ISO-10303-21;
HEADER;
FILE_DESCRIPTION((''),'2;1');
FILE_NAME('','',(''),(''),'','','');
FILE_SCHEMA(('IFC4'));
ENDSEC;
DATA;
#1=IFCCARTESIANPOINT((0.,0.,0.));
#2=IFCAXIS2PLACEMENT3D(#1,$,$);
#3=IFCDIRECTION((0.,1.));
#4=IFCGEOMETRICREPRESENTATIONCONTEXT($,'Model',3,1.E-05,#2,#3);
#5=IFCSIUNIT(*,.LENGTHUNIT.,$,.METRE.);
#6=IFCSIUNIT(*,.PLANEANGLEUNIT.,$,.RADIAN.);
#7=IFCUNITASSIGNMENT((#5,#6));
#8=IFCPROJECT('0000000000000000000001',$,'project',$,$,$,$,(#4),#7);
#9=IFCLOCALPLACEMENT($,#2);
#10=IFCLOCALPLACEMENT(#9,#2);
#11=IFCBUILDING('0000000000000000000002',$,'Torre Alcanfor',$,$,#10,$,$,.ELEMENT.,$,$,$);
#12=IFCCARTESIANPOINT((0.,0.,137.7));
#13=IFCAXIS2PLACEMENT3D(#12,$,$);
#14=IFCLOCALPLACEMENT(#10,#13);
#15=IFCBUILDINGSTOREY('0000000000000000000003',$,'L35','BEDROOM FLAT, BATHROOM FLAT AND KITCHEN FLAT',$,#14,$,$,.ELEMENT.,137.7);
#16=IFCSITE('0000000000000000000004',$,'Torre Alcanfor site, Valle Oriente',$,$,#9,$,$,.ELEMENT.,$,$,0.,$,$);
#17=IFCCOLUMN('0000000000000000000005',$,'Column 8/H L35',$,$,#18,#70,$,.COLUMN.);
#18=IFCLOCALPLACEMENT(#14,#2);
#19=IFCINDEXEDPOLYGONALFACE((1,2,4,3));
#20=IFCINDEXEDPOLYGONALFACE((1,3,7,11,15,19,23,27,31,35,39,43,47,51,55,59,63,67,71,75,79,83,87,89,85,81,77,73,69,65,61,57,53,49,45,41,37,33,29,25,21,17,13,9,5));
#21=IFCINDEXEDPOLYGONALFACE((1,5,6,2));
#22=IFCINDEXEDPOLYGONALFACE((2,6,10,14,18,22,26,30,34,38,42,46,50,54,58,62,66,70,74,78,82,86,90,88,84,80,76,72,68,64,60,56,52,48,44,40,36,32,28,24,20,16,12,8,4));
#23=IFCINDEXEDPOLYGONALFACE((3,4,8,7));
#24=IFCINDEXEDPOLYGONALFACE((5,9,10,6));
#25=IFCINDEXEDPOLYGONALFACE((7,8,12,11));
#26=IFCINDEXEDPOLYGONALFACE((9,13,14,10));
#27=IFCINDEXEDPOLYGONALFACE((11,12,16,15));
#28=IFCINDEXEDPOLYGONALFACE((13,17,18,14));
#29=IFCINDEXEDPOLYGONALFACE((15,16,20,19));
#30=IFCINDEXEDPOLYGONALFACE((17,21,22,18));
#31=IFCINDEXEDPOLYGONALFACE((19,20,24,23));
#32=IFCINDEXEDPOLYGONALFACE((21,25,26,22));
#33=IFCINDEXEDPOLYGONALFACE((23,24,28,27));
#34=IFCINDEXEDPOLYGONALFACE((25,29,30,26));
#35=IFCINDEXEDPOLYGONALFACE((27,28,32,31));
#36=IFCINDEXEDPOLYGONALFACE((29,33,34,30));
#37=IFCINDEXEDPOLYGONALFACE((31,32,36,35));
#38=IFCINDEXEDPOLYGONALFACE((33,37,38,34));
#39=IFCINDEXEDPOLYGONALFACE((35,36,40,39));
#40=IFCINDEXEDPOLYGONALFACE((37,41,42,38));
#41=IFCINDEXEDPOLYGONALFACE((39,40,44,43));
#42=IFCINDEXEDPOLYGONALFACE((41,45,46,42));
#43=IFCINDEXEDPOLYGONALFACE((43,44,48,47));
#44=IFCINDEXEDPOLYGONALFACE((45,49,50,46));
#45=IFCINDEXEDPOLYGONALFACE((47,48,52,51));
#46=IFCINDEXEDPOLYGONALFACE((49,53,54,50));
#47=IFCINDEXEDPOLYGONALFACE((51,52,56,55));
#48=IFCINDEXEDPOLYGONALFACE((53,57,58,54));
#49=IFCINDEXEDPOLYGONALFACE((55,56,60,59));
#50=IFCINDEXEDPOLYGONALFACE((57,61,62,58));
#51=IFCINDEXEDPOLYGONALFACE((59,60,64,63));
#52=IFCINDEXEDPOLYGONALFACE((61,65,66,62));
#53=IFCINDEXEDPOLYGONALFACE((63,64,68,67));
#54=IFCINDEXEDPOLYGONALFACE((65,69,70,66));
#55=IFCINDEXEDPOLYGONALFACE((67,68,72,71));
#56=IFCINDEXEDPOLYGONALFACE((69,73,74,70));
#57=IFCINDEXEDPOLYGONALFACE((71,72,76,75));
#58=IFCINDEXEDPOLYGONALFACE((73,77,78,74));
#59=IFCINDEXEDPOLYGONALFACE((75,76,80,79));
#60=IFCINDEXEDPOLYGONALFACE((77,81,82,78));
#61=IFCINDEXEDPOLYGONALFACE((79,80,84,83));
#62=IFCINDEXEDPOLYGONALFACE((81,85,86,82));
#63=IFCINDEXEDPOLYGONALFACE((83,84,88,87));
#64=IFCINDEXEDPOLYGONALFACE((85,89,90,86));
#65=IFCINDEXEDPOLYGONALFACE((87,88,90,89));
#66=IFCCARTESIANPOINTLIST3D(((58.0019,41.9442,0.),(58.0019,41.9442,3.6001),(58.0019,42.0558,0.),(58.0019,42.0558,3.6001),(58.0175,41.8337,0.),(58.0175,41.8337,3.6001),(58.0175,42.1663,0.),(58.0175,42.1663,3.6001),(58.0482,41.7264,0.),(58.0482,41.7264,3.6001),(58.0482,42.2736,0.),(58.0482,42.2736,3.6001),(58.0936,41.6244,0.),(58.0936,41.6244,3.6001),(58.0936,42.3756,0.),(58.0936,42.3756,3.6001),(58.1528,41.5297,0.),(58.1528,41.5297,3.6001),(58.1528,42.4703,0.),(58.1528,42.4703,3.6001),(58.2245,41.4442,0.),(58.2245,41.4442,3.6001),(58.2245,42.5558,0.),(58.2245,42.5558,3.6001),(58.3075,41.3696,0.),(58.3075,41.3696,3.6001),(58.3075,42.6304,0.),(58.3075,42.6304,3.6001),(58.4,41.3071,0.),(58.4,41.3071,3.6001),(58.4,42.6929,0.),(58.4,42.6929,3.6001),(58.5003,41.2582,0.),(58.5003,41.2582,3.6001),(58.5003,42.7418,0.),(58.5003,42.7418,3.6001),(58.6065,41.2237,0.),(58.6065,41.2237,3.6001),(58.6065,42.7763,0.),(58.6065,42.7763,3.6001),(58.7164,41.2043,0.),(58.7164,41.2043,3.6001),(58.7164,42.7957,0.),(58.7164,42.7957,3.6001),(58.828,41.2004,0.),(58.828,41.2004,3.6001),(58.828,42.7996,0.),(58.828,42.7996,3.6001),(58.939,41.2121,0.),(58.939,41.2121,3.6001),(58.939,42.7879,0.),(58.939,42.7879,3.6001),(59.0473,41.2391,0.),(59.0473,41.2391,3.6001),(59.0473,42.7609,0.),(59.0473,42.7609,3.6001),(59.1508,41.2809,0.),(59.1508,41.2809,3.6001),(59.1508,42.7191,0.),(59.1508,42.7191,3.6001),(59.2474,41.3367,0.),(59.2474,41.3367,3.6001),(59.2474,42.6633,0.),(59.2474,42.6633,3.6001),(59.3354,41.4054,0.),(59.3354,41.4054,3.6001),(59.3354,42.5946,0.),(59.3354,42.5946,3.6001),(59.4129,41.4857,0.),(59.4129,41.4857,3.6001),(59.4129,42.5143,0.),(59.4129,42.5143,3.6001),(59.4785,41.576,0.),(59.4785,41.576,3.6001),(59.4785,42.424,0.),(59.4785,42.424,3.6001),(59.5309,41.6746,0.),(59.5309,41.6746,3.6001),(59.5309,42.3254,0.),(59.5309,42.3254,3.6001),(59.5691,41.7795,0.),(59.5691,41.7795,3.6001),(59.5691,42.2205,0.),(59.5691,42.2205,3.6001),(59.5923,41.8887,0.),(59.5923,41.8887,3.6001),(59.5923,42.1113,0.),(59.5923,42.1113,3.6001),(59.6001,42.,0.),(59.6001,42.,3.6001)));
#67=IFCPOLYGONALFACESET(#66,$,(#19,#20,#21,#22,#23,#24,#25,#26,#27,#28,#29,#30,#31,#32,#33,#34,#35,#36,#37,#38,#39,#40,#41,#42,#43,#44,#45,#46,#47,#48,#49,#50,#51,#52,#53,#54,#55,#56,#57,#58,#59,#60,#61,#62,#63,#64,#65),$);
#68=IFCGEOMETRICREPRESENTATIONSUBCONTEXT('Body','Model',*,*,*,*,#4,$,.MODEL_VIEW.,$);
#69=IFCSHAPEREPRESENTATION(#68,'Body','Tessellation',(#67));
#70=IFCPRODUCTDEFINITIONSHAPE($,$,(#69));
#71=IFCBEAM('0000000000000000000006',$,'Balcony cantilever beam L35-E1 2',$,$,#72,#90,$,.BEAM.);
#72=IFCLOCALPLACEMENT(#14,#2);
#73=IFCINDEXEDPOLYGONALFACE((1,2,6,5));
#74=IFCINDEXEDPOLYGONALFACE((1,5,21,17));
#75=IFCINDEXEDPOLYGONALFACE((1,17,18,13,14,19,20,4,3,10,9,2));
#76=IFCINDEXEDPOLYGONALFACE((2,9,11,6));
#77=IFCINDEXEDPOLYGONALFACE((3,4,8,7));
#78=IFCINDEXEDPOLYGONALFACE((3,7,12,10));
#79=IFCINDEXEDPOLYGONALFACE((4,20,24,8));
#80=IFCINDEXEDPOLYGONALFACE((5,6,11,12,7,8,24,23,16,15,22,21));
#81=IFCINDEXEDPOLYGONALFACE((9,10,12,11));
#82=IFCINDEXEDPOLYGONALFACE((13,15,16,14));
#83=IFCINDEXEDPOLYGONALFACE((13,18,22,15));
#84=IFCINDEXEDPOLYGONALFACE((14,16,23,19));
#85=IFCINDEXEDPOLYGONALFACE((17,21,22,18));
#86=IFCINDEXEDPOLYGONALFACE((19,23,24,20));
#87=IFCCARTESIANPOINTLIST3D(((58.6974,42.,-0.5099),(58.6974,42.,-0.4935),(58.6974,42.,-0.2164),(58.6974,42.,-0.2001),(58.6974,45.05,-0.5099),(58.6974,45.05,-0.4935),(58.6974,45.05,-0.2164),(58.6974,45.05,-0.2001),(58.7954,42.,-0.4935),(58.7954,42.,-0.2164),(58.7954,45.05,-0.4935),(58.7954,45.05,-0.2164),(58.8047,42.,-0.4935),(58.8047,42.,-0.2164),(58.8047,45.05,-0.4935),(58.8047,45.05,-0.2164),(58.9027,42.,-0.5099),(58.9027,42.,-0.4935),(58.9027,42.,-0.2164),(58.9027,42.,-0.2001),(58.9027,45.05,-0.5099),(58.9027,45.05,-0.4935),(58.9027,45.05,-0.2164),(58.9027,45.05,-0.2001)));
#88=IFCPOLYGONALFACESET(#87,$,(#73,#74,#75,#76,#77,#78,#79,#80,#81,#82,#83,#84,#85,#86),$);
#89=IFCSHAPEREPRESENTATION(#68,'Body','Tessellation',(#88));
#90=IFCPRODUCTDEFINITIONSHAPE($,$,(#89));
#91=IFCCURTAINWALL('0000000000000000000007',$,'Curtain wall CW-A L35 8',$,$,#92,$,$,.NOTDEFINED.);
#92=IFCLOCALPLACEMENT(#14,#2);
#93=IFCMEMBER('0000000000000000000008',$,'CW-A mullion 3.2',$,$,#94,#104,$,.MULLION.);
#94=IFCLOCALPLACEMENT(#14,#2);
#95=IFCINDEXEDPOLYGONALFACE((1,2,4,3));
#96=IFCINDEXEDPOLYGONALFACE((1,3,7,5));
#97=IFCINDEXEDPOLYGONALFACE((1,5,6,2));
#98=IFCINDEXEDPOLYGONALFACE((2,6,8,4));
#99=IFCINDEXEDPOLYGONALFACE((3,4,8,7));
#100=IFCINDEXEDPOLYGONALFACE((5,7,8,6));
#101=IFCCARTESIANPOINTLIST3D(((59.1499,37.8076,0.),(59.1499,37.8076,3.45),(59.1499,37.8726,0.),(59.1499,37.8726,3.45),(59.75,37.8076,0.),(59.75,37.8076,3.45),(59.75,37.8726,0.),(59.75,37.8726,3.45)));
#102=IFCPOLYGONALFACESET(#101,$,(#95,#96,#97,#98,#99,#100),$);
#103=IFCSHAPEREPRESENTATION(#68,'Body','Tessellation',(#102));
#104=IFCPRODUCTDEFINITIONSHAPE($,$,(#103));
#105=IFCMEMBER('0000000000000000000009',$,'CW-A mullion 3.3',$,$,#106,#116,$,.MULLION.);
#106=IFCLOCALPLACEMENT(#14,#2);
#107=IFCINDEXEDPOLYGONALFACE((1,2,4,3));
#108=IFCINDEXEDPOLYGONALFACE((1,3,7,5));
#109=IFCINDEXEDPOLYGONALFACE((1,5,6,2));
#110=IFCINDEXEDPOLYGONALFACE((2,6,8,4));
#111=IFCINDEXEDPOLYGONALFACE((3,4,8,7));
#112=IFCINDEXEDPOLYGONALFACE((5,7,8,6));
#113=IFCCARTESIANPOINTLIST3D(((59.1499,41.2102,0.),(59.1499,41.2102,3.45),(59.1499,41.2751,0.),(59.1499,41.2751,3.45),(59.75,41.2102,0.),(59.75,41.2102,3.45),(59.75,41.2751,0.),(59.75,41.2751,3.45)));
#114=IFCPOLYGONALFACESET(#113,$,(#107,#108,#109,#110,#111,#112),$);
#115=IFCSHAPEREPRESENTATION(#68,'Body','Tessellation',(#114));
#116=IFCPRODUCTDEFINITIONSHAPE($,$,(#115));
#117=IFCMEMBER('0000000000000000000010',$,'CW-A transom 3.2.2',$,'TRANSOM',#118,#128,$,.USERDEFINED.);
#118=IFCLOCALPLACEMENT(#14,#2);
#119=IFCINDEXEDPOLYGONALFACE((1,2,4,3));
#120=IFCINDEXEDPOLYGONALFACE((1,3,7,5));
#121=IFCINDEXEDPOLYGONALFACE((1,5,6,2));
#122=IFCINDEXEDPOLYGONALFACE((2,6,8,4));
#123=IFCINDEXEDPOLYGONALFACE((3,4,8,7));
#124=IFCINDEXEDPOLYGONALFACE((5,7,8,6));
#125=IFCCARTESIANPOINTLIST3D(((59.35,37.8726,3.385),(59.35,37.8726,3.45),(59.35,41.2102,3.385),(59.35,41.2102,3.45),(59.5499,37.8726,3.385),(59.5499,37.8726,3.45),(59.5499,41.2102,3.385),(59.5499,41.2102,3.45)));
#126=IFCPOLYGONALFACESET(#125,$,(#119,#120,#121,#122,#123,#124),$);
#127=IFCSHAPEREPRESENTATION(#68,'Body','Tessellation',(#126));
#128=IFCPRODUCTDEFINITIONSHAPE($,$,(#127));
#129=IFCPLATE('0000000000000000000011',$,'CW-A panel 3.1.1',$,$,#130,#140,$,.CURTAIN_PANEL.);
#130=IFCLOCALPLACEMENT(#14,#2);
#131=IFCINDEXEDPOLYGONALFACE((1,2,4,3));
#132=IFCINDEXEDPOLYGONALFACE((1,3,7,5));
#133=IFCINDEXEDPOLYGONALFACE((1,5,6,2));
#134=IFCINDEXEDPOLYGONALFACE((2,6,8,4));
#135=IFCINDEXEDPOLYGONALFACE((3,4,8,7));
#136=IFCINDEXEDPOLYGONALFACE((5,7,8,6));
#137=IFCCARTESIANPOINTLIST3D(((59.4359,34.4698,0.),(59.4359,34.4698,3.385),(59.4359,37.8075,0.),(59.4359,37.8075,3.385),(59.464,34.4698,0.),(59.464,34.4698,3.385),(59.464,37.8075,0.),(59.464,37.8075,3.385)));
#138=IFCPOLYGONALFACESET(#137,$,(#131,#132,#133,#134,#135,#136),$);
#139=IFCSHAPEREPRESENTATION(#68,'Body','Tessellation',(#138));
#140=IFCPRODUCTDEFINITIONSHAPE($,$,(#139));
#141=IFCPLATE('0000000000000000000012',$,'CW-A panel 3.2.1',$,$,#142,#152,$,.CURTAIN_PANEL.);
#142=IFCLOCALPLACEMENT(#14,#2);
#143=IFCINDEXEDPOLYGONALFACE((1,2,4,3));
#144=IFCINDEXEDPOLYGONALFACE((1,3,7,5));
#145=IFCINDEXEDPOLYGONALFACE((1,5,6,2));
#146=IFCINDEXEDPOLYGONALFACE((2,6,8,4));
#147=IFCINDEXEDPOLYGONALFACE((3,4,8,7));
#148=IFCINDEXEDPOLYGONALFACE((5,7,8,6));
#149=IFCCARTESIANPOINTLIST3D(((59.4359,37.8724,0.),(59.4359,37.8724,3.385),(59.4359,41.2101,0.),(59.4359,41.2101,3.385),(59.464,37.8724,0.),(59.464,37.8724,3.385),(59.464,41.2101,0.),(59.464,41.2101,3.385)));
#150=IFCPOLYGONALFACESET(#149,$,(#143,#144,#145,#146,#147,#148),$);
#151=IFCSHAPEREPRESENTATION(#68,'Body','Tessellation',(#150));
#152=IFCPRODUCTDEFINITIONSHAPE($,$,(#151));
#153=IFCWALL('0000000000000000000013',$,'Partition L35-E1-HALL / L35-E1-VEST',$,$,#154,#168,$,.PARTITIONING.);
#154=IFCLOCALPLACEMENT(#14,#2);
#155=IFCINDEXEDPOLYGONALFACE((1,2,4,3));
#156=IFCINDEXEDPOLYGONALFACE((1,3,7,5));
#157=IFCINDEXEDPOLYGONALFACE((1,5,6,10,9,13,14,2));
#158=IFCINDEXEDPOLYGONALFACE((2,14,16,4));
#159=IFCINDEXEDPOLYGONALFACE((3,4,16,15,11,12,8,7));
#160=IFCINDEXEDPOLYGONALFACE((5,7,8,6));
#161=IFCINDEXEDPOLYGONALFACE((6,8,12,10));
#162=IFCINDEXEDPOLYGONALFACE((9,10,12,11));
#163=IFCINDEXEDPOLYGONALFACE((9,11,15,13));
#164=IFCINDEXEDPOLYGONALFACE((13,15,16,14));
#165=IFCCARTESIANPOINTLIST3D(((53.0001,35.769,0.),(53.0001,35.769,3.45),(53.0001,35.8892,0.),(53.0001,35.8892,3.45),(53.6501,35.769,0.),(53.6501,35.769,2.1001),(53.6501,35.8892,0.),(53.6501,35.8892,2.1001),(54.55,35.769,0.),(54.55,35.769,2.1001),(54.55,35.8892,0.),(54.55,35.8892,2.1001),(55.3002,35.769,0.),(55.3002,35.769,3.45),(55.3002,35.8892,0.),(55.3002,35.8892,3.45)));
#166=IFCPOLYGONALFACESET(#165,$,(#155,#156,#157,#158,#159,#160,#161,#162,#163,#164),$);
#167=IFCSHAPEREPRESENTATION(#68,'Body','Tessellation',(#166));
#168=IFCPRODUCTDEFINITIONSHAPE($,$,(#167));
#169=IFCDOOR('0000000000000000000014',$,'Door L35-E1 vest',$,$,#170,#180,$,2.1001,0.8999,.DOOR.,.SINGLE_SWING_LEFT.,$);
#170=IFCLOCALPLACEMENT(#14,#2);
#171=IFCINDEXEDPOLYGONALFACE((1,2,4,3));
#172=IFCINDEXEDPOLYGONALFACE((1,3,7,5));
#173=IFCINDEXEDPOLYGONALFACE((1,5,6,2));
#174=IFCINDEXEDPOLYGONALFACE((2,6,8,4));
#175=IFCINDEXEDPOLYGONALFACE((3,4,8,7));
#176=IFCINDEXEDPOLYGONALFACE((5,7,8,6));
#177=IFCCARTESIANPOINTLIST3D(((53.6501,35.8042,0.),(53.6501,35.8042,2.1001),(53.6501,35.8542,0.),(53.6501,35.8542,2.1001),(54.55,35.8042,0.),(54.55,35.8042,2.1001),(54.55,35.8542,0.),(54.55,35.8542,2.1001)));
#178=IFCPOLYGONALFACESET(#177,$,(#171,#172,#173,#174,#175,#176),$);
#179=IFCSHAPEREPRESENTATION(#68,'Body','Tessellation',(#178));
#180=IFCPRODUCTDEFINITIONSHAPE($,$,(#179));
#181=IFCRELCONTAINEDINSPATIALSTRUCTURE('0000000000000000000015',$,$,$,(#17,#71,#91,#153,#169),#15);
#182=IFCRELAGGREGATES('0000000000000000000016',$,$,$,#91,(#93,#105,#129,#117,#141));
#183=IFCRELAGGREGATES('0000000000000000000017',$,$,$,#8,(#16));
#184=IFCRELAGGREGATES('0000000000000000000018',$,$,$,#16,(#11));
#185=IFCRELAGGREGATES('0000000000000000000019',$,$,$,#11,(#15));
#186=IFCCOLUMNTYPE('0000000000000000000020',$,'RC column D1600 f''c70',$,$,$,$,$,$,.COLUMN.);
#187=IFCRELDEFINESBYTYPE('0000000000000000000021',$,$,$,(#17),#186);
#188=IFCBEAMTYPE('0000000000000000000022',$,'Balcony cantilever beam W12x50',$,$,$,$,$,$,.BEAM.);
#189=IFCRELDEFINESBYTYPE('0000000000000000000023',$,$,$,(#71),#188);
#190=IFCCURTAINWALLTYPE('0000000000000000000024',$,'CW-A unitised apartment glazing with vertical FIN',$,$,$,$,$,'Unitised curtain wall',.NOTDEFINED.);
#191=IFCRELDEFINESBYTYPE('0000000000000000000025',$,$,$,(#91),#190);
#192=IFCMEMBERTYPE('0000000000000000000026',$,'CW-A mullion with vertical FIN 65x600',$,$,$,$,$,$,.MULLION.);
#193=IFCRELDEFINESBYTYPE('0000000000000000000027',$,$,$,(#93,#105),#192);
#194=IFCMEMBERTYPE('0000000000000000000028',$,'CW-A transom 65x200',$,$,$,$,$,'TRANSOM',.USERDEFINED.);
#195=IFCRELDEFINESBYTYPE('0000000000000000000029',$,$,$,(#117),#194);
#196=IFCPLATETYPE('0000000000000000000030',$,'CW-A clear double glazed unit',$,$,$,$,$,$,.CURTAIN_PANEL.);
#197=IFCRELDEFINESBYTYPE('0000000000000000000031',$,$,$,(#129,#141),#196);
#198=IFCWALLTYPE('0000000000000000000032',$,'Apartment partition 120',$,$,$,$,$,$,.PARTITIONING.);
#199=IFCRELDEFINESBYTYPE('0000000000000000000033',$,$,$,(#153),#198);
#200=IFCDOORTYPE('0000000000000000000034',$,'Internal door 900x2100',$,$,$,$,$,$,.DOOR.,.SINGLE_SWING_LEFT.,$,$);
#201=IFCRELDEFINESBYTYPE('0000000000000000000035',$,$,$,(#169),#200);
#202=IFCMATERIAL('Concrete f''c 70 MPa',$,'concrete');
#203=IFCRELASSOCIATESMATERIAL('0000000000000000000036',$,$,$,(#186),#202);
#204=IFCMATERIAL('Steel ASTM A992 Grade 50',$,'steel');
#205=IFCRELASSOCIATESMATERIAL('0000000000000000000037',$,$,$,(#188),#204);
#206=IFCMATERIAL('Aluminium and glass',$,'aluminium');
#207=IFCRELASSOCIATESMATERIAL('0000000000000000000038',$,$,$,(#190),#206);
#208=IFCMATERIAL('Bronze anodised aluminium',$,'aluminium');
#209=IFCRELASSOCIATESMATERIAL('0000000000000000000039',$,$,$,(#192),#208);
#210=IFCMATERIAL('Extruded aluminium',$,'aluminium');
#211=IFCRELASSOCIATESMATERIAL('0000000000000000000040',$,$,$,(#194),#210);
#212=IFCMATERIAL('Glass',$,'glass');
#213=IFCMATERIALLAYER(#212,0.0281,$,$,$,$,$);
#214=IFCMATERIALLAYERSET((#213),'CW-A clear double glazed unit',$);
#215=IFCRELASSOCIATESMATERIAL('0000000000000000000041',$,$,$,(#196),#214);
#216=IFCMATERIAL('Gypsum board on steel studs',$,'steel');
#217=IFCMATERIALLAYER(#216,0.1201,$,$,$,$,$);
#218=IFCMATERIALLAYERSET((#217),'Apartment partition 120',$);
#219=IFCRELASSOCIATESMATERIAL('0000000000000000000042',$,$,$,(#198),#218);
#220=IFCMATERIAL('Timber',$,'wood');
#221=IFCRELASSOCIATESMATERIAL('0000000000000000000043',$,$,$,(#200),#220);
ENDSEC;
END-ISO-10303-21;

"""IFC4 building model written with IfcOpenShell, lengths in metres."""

from ifc_helpers import new_model, si_unit, direction, frame, frame_2d, origin, origin_2d, place, context, subcontext, project, spatial, rectangle, circle, i_section, extrude, material, layer, layer_set, material_profile, profile_set, type_object, element, fill, aggregate, save


model = new_model("IFC4")

# Units and contexts
model_context = context("Model", 3, precision=1e-05, world=origin(), true_north=direction((0.0, 1.0)))
body_context = subcontext(model_context, "Body", "Model", "MODEL_VIEW")
ifc_project = project(units=[si_unit("LENGTHUNIT", "METRE"), si_unit("PLANEANGLEUNIT", "RADIAN")], contexts=[model_context])

# Site, building, storey
site_placement = place(None, origin())
site = spatial("IfcSite", under=ifc_project, at=site_placement, Name="Torre Alcanfor site, Valle Oriente", CompositionType="ELEMENT", RefElevation=0.0)
building_placement = place(site_placement, origin())
building = spatial("IfcBuilding", under=site, at=building_placement, Name="Torre Alcanfor", CompositionType="ELEMENT")
storey_placement = place(building_placement, frame((0.0, 0.0, 137.7)))
storey = spatial("IfcBuildingStorey", under=building, at=storey_placement, Name="L35", Description="BEDROOM FLAT, BATHROOM FLAT AND KITCHEN FLAT", CompositionType="ELEMENT", Elevation=137.7)

# Column
ifc_material_1 = material(Name="Concrete f'c 70 MPa", Category="concrete")
ifc_material_profile_1 = material_profile(ifc_material_1, circle(Radius=0.8, at=origin_2d()), Name="D1600")
ifc_profile_set_1 = profile_set([ifc_material_profile_1], Name="Concrete f'c 70 MPa")
column_type = type_object("IfcColumnType", Name="RC column D1600 f'c70", PredefinedType="COLUMN", material=ifc_profile_set_1)
column_placement = place(storey_placement, frame((58.8, 42.0, 0.0), z_axis=(0.0, 0.0, 1.0), x_axis=(1.0, 0.0, 0.0)))
element("IfcColumn", 1, at=column_placement, inside=storey, type_object=column_type, Name="Column 8/H L35", PredefinedType="COLUMN", context=body_context, shape_type="SweptSolid", body=[
    extrude(circle(Radius=0.8, at=origin_2d()), origin(), (0.0, 0.0, 1.0), 3.6001),
])

# Beam
ifc_material_2 = material(Name="Steel ASTM A992 Grade 50", Category="steel")
ifc_material_profile_2 = material_profile(ifc_material_2, i_section(OverallWidth=0.2053, OverallDepth=0.3098, WebThickness=0.0093, FlangeThickness=0.0164, at=origin_2d()), Name="W12x50")
ifc_profile_set_2 = profile_set([ifc_material_profile_2], Name="Steel ASTM A992 Grade 50")
beam_type = type_object("IfcBeamType", Name="Balcony cantilever beam W12x50", PredefinedType="BEAM", material=ifc_profile_set_2)
beam_placement = place(storey_placement, frame((58.8, 42.0, -0.355), z_axis=(0.0, 1.0, 0.0), x_axis=(-1.0, 0.0, 0.0)))
element("IfcBeam", 2, at=beam_placement, inside=storey, type_object=beam_type, Name="Balcony cantilever beam L35-E1 2", PredefinedType="BEAM", context=body_context, shape_type="SweptSolid", body=[
    extrude(i_section(OverallWidth=0.2053, OverallDepth=0.3098, WebThickness=0.0093, FlangeThickness=0.0164, at=origin_2d()), origin(), (0.0, 0.0, 1.0), 3.05),
])

# Curtain wall, members, plates
ifc_material_3 = material(Name="Aluminium and glass", Category="aluminium")
curtain_wall_type = type_object("IfcCurtainWallType", Name="CW-A unitised apartment glazing with vertical FIN", ElementType="Unitised curtain wall", PredefinedType="NOTDEFINED", material=ifc_material_3)
curtain_wall_placement = place(storey_placement, origin())
curtain_wall = element("IfcCurtainWall", 3, at=curtain_wall_placement, inside=storey, type_object=curtain_wall_type, Name="Curtain wall CW-A L35 8", PredefinedType="NOTDEFINED")
ifc_material_4 = material(Name="Bronze anodised aluminium", Category="aluminium")
ifc_material_profile_3 = material_profile(ifc_material_4, rectangle(XDim=0.6001, YDim=0.0649, at=origin_2d()), Name="CW-A mullion 65x600")
ifc_profile_set_3 = profile_set([ifc_material_profile_3], Name="Bronze anodised aluminium")
member_type_1 = type_object("IfcMemberType", Name="CW-A mullion with vertical FIN 65x600", PredefinedType="MULLION", material=ifc_profile_set_3)
member_1_placement = place(storey_placement, frame((59.45, 37.8401, 0.0), z_axis=(0.0, 0.0, 1.0), x_axis=(-1.0, 0.0, 0.0)))
member_1 = element("IfcMember", 4, at=member_1_placement, type_object=member_type_1, Name="CW-A mullion 3.2", PredefinedType="MULLION", context=body_context, shape_type="SweptSolid", body=[
    extrude(rectangle(XDim=0.6001, YDim=0.0649, at=origin_2d()), origin(), (0.0, 0.0, 1.0), 3.45),
])
member_2_placement = place(storey_placement, frame((59.45, 41.2427, 0.0), z_axis=(0.0, 0.0, 1.0), x_axis=(-1.0, 0.0, 0.0)))
member_2 = element("IfcMember", 5, at=member_2_placement, type_object=member_type_1, Name="CW-A mullion 3.3", PredefinedType="MULLION", context=body_context, shape_type="SweptSolid", body=[
    extrude(rectangle(XDim=0.6001, YDim=0.0649, at=origin_2d()), origin(), (0.0, 0.0, 1.0), 3.45),
])
ifc_material_5 = material(Name="Extruded aluminium", Category="aluminium")
ifc_material_profile_4 = material_profile(ifc_material_5, rectangle(XDim=0.2, YDim=0.0649, at=origin_2d()), Name="CW-A transom 200x65")
ifc_profile_set_4 = profile_set([ifc_material_profile_4], Name="Extruded aluminium")
member_type_2 = type_object("IfcMemberType", Name="CW-A transom 65x200", ElementType="TRANSOM", PredefinedType="USERDEFINED", material=ifc_profile_set_4)
member_3_placement = place(storey_placement, frame((59.45, 37.8726, 3.4175), z_axis=(0.0, 1.0, 0.0), x_axis=(-1.0, 0.0, 0.0)))
member_3 = element("IfcMember", 6, at=member_3_placement, type_object=member_type_2, Name="CW-A transom 3.2.2", ObjectType="TRANSOM", PredefinedType="USERDEFINED", context=body_context, shape_type="SweptSolid", body=[
    extrude(rectangle(XDim=0.2, YDim=0.0649, at=origin_2d()), origin(), (0.0, 0.0, 1.0), 3.3376),
])
ifc_material_6 = material(Name="Glass", Category="glass")
ifc_layer_1 = layer(ifc_material_6, 0.0281)
ifc_layer_set_1 = layer_set([ifc_layer_1], Name="CW-A clear double glazed unit")
plate_type = type_object("IfcPlateType", Name="CW-A clear double glazed unit", PredefinedType="CURTAIN_PANEL", material=ifc_layer_set_1)
plate_1_placement = place(storey_placement, frame((59.45, 36.1387, 0.0), z_axis=(0.0, 0.0, 1.0), x_axis=(0.0, 1.0, 0.0)))
plate_1 = element("IfcPlate", 7, at=plate_1_placement, type_object=plate_type, Name="CW-A panel 3.1.1", PredefinedType="CURTAIN_PANEL", context=body_context, shape_type="SweptSolid", body=[
    extrude(rectangle(XDim=3.3376, YDim=0.0281, at=origin_2d()), origin(), (0.0, 0.0, 1.0), 3.385),
])
plate_2_placement = place(storey_placement, frame((59.45, 39.5413, 0.0), z_axis=(0.0, 0.0, 1.0), x_axis=(0.0, 1.0, 0.0)))
plate_2 = element("IfcPlate", 8, at=plate_2_placement, type_object=plate_type, Name="CW-A panel 3.2.1", PredefinedType="CURTAIN_PANEL", context=body_context, shape_type="SweptSolid", body=[
    extrude(rectangle(XDim=3.3376, YDim=0.0281, at=origin_2d()), origin(), (0.0, 0.0, 1.0), 3.385),
])
aggregate(curtain_wall, [member_1, member_2, plate_1, member_3, plate_2])

# Wall, opening, door
ifc_material_7 = material(Name="Gypsum board on steel studs", Category="steel")
ifc_layer_2 = layer(ifc_material_7, 0.1201)
ifc_layer_set_2 = layer_set([ifc_layer_2], Name="Apartment partition 120")
wall_type_1 = type_object("IfcWallType", Name="Apartment partition 120", PredefinedType="PARTITIONING", material=ifc_layer_set_2)
wall_1_placement = place(storey_placement, frame((55.3, 35.8291, 0.0), z_axis=(0.0, 0.0, 1.0), x_axis=(-1.0, 0.0, 0.0)))
wall_1 = element("IfcWall", 9, at=wall_1_placement, inside=storey, type_object=wall_type_1, Name="Partition L35-E1-HALL / L35-E1-VEST", PredefinedType="PARTITIONING", context=body_context, shape_type="SweptSolid", body=[
    extrude(rectangle(XDim=2.3, YDim=0.1201, at=frame_2d((1.1499, 0.0))), origin(), (0.0, 0.0, 1.0), 3.45),
])
opening_1_placement = place(wall_1_placement, frame((0.75, 0.0, 0.0)))
opening_1 = element("IfcOpeningElement", 10, at=opening_1_placement, cuts=wall_1, PredefinedType="OPENING", context=body_context, shape_type="SweptSolid", body=[
    extrude(rectangle(XDim=0.8999, YDim=2.1001, at=frame_2d((0.45, 1.05))), frame((0.0, 0.0701, 0.0), z_axis=(0.0, -1.0, 0.0), x_axis=(1.0, 0.0, 0.0)), (0.0, 0.0, 1.0), 0.1401),
])
ifc_material_8 = material(Name="Timber", Category="wood")
door_type_1 = type_object("IfcDoorType", Name="Internal door 900x2100", OperationType="SINGLE_SWING_LEFT", PredefinedType="DOOR", material=ifc_material_8)
door_1_placement = place(opening_1_placement, frame((0.8999, 0.0, 0.0), z_axis=(0.0, 0.0, 1.0), x_axis=(-1.0, 0.0, 0.0)))
door_1 = element("IfcDoor", 11, at=door_1_placement, inside=storey, type_object=door_type_1, Name="Door L35-E1 vest", OperationType="SINGLE_SWING_LEFT", OverallHeight=2.1001, OverallWidth=0.8999, PredefinedType="DOOR", context=body_context, shape_type="SweptSolid", body=[
    extrude(rectangle(XDim=0.8999, YDim=2.1001, at=frame_2d((0.45, 1.05))), frame((0.0, 0.0251, 0.0), z_axis=(0.0, -1.0, 0.0), x_axis=(1.0, 0.0, 0.0)), (0.0, 0.0, 1.0), 0.05),
])
fill(opening_1, door_1)

save(model, "model.ifc")
